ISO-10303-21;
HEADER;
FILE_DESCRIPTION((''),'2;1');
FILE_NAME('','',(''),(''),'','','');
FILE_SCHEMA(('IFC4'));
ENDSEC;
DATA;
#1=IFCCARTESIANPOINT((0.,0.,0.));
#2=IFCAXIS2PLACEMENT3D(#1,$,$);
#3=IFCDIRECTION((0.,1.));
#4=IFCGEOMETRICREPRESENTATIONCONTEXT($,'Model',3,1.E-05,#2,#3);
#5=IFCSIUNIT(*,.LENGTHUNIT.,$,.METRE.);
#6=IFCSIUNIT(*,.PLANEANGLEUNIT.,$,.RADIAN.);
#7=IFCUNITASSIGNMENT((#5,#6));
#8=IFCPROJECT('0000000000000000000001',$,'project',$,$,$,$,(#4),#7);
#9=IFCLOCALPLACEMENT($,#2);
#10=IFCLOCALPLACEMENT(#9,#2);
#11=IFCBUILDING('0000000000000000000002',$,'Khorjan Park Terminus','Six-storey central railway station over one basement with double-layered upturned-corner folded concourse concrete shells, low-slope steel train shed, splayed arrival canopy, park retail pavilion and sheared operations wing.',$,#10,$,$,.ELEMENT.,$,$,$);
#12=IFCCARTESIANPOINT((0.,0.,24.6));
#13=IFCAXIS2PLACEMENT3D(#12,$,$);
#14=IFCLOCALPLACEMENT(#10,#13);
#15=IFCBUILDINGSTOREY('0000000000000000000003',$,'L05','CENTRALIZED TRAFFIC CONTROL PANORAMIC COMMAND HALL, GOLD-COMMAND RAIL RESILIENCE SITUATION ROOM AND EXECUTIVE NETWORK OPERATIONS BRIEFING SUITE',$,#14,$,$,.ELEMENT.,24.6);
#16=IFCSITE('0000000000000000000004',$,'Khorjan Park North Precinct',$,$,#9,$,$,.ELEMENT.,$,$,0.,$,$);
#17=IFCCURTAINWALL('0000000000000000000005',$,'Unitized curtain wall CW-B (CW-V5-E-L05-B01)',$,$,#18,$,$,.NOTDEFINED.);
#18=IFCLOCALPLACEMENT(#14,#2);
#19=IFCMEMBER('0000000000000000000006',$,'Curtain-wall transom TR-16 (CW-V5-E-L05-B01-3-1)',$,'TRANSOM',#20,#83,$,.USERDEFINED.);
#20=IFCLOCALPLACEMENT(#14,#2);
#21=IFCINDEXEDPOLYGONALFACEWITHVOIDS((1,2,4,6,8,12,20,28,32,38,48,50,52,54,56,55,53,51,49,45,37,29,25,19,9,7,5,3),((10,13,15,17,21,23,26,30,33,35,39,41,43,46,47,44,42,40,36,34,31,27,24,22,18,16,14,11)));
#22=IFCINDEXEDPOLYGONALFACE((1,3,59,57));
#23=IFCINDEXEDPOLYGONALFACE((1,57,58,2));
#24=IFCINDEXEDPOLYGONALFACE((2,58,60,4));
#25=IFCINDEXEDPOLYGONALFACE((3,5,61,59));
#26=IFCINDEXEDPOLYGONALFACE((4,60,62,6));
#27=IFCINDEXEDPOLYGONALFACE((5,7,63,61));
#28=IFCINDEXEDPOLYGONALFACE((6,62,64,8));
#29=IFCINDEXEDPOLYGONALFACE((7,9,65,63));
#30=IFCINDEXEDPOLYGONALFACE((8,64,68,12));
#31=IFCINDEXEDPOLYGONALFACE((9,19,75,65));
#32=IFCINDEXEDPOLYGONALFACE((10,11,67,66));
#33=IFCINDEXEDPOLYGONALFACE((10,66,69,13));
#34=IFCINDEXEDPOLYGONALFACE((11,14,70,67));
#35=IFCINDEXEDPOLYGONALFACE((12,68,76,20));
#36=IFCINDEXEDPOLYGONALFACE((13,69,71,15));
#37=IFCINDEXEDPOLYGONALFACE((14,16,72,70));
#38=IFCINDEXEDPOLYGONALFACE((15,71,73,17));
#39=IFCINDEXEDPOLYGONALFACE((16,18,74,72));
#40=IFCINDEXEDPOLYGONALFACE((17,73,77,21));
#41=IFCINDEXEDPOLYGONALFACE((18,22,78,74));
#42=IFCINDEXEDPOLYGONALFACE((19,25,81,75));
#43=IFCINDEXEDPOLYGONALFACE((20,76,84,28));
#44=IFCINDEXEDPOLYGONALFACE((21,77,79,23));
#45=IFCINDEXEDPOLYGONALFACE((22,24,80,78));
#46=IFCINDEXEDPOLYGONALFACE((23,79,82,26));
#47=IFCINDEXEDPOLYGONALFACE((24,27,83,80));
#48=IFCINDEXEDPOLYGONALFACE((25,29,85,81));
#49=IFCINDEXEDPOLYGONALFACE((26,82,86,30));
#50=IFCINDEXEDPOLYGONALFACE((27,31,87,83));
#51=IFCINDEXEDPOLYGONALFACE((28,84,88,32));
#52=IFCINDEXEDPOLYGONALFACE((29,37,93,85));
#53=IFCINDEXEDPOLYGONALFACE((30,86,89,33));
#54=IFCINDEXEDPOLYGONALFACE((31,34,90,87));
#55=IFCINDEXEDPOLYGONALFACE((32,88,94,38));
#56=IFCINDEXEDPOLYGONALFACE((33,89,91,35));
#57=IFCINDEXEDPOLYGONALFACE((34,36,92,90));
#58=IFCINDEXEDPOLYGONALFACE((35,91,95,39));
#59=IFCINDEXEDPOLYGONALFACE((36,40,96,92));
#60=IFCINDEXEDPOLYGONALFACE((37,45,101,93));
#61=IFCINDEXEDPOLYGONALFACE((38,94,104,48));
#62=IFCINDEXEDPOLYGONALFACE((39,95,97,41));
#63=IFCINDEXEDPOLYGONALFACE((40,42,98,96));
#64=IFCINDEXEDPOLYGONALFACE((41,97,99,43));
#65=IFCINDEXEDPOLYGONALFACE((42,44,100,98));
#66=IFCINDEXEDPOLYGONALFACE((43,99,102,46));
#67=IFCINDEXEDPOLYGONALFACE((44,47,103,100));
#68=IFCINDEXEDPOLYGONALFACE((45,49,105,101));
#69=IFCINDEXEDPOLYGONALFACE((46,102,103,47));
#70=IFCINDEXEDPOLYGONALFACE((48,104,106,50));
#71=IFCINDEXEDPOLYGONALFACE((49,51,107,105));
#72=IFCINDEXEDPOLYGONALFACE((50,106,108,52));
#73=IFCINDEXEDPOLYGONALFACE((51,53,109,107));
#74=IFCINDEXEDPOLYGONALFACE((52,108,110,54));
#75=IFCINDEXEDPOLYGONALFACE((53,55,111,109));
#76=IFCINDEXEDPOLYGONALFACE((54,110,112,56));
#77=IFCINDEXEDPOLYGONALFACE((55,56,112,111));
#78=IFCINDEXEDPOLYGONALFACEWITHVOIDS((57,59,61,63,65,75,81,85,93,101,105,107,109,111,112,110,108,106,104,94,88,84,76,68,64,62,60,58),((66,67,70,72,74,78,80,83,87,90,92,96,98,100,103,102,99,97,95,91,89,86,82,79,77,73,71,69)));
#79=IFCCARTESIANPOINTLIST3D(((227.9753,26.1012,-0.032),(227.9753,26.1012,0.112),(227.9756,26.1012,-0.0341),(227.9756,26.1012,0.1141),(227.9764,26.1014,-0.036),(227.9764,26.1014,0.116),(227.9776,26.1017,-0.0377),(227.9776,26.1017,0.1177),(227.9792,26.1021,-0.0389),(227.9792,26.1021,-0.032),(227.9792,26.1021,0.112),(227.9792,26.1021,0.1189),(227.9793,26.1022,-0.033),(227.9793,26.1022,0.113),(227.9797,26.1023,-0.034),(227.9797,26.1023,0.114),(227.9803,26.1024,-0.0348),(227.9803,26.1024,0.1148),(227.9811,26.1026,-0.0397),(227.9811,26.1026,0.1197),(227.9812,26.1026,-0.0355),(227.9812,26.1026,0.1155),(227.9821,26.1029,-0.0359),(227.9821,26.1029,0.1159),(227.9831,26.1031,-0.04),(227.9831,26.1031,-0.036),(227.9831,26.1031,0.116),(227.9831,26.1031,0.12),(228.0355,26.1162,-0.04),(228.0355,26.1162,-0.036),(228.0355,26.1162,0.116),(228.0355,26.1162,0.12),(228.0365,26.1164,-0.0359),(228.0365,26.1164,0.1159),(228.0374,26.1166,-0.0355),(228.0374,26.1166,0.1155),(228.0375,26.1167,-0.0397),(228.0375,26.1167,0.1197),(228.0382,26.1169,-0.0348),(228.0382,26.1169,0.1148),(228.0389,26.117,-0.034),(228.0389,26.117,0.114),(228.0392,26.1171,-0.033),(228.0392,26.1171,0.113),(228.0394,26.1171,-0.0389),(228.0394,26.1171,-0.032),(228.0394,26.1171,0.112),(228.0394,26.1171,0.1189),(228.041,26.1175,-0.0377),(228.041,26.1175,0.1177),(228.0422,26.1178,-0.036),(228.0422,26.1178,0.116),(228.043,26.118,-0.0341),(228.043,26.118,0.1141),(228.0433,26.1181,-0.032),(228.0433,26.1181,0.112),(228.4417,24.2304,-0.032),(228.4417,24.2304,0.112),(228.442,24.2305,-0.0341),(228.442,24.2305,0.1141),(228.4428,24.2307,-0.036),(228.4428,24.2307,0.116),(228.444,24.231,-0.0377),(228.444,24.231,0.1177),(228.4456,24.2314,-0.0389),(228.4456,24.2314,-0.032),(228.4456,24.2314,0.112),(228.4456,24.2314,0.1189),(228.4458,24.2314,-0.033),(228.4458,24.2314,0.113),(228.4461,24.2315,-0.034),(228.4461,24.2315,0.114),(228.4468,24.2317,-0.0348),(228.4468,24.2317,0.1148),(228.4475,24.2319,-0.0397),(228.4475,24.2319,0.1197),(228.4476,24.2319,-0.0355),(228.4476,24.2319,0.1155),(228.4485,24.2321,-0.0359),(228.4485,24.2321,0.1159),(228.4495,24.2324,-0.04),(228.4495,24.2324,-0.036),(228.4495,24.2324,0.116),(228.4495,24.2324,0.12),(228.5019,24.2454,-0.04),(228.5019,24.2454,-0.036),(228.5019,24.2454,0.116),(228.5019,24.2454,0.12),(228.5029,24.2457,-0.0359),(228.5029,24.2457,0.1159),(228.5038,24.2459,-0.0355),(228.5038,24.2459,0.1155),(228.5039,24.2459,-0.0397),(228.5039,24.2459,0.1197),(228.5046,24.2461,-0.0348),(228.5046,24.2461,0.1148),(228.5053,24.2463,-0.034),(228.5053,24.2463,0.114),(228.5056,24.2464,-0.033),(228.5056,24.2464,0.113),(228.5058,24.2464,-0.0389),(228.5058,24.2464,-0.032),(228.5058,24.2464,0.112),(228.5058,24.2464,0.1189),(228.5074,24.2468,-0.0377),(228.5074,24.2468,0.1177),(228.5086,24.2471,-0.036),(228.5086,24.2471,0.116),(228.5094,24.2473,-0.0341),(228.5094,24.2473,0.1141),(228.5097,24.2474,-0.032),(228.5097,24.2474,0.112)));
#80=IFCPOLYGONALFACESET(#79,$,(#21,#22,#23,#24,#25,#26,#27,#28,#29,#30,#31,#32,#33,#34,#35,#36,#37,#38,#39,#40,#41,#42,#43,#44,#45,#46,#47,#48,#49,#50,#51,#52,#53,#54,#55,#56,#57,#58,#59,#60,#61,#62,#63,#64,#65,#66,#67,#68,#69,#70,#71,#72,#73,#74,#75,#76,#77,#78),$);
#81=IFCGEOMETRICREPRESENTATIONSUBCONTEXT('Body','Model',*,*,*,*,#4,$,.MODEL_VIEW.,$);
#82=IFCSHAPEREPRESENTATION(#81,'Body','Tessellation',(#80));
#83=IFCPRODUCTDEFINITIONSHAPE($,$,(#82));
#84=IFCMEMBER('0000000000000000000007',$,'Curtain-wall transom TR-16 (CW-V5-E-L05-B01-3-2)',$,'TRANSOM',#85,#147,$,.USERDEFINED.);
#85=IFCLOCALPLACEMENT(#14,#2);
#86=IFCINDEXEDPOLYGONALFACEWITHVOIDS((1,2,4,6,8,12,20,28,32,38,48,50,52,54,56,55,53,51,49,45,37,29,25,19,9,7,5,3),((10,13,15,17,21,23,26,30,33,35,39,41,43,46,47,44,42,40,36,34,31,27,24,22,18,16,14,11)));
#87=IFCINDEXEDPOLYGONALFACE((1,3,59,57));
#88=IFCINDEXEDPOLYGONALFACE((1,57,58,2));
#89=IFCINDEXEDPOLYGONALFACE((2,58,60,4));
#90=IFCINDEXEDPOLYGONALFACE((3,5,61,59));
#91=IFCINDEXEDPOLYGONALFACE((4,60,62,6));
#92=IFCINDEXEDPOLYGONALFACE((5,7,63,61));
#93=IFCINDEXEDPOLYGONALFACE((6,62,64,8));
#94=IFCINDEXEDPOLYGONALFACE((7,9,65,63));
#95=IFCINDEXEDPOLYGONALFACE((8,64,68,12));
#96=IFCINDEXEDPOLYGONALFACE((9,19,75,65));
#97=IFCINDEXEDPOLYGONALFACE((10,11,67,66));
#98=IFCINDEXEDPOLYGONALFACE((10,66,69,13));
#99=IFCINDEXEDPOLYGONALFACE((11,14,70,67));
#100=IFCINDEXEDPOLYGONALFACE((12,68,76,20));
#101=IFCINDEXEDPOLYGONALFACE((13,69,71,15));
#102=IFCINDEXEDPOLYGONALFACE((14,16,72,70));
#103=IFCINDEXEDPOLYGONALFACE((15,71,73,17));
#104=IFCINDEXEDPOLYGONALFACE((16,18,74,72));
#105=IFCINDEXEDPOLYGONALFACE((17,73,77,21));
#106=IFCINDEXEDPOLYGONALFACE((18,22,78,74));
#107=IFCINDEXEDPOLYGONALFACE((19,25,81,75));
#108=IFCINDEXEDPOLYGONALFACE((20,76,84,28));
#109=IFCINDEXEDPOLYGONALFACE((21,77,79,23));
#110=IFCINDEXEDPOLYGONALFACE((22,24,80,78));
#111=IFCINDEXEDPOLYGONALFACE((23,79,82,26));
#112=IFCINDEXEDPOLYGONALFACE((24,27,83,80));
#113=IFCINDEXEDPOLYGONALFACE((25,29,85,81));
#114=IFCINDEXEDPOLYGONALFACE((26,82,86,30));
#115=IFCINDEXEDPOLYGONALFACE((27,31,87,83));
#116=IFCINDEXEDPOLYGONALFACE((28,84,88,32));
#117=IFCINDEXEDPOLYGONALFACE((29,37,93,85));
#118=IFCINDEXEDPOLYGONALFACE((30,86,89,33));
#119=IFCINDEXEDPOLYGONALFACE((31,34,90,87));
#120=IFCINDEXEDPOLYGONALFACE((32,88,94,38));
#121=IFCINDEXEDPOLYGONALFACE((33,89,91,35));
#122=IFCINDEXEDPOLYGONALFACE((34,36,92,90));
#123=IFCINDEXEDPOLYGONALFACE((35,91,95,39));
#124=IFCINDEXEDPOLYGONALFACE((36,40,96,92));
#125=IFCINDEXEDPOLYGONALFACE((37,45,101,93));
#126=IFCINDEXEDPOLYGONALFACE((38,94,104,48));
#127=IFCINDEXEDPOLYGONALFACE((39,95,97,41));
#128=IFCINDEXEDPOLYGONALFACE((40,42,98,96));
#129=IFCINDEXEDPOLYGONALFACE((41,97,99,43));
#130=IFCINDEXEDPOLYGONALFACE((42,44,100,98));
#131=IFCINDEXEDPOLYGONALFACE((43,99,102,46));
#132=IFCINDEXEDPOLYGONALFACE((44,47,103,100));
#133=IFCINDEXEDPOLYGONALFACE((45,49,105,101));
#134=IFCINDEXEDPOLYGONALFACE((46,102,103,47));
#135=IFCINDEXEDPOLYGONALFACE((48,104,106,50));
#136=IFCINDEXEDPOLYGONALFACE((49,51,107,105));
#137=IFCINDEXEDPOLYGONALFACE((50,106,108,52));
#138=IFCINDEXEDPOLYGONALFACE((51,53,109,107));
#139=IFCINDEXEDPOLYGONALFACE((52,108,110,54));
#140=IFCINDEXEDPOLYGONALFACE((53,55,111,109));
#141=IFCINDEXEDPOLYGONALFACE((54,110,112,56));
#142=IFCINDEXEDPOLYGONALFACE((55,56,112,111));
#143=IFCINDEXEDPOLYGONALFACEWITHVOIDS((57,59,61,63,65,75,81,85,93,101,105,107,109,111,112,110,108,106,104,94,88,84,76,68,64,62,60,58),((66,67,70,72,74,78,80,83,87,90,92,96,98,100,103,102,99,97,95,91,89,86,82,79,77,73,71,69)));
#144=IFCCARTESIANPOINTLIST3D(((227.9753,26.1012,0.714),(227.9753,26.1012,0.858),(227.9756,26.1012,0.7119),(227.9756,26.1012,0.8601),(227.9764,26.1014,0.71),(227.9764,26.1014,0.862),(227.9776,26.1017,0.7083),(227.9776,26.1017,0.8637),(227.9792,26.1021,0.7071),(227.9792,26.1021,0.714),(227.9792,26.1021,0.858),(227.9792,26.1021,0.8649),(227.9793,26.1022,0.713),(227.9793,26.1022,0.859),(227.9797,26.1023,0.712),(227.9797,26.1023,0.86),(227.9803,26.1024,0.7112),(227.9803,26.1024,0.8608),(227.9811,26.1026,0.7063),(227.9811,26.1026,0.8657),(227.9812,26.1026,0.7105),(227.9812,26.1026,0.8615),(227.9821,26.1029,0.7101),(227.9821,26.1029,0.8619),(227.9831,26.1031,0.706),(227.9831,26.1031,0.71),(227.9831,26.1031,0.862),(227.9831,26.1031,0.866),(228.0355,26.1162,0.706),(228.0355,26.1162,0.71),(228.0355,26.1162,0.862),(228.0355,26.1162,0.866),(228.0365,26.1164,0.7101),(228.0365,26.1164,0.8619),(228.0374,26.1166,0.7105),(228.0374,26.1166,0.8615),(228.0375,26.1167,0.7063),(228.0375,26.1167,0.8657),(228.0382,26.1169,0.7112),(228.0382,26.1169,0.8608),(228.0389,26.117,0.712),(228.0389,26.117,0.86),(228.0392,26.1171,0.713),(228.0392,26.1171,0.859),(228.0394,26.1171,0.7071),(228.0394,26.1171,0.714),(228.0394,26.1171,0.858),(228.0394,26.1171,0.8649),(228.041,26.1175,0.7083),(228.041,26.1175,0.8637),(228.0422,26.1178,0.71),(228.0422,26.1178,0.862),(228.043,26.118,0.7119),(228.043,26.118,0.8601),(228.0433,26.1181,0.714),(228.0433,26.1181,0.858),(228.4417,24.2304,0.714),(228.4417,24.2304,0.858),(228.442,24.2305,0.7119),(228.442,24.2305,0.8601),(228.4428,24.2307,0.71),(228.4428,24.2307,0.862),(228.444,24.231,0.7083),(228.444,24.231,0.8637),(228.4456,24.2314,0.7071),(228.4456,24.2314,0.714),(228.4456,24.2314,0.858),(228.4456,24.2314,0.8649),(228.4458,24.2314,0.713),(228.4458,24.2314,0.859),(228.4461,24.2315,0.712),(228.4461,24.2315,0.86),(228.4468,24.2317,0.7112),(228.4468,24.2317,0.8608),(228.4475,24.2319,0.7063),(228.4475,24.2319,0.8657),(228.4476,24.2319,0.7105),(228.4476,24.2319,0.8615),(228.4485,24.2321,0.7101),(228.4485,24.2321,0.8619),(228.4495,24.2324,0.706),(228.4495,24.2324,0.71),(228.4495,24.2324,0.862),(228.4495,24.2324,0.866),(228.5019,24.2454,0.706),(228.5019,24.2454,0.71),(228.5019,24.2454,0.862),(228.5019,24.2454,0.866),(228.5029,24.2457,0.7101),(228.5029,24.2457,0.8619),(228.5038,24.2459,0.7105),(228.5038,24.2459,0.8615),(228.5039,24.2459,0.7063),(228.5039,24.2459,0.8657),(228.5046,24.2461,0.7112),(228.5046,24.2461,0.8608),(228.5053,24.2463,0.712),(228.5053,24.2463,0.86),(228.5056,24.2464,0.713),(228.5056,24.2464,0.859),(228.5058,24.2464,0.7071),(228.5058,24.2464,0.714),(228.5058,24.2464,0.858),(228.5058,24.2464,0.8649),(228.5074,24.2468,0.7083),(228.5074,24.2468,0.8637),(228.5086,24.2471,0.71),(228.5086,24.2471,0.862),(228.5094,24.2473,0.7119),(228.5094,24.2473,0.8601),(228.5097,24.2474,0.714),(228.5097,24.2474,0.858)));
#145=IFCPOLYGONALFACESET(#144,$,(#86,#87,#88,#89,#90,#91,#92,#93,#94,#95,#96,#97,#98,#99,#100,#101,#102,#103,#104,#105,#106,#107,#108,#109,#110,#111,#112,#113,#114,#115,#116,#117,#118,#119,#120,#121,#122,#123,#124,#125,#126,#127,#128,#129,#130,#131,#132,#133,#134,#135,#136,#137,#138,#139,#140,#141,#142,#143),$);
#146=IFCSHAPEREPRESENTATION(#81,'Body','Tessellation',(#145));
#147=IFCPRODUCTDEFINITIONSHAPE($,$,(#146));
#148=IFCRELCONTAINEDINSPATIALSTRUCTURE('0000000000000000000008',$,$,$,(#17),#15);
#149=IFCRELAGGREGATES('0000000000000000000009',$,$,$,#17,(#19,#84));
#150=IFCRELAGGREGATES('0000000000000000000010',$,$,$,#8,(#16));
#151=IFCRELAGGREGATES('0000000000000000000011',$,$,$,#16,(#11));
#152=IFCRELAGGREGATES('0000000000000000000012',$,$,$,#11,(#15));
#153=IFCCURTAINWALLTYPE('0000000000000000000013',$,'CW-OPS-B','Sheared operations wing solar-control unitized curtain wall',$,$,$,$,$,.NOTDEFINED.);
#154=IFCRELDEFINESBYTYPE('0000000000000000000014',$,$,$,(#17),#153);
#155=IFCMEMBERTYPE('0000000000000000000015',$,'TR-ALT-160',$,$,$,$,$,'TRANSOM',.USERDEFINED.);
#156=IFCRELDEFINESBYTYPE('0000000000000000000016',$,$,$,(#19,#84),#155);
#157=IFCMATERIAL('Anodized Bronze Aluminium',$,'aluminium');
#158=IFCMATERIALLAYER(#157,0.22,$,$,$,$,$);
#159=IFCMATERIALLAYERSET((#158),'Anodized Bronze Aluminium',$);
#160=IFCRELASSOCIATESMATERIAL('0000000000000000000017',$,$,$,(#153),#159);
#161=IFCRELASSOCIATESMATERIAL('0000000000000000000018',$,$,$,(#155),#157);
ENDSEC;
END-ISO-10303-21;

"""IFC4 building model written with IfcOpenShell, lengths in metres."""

from ifc_helpers import new_model, si_unit, direction, frame, origin, origin_2d, place, context, subcontext, project, spatial, hollow_rectangle, extrude, material, layer, layer_set, material_profile, profile_set, type_object, element, aggregate, save


model = new_model("IFC4")

# Units and contexts
model_context = context("Model", 3, precision=1e-05, world=origin(), true_north=direction((0.0, 1.0)))
body_context = subcontext(model_context, "Body", "Model", "MODEL_VIEW")
ifc_project = project(units=[si_unit("LENGTHUNIT", "METRE"), si_unit("PLANEANGLEUNIT", "RADIAN")], contexts=[model_context])

# Site, building, storey
site_placement = place(None, origin())
site = spatial("IfcSite", under=ifc_project, at=site_placement, Name="Khorjan Park North Precinct", CompositionType="ELEMENT", RefElevation=0.0)
building_placement = place(site_placement, origin())
building = spatial("IfcBuilding", under=site, at=building_placement, Name="Khorjan Park Terminus", Description="Six-storey central railway station over one basement with double-layered upturned-corner folded concourse concrete shells, low-slope steel train shed, splayed arrival canopy, park retail pavilion and sheared operations wing.", CompositionType="ELEMENT")
storey_placement = place(building_placement, frame((0.0, 0.0, 24.6)))
storey = spatial("IfcBuildingStorey", under=building, at=storey_placement, Name="L05", Description="CENTRALIZED TRAFFIC CONTROL PANORAMIC COMMAND HALL, GOLD-COMMAND RAIL RESILIENCE SITUATION ROOM AND EXECUTIVE NETWORK OPERATIONS BRIEFING SUITE", CompositionType="ELEMENT", Elevation=24.6)

# Curtain wall, members
ifc_material_1 = material(Name="Anodized Bronze Aluminium", Category="aluminium")
ifc_layer_1 = layer(ifc_material_1, 0.22)
ifc_layer_set_1 = layer_set([ifc_layer_1], Name="Anodized Bronze Aluminium")
curtain_wall_type = type_object("IfcCurtainWallType", Name="CW-OPS-B", Description="Sheared operations wing solar-control unitized curtain wall", PredefinedType="NOTDEFINED", material=ifc_layer_set_1)
curtain_wall_placement = place(storey_placement, origin())
curtain_wall = element("IfcCurtainWall", 1, at=curtain_wall_placement, inside=storey, type_object=curtain_wall_type, Name="Unitized curtain wall CW-B (CW-V5-E-L05-B01)", PredefinedType="NOTDEFINED")
ifc_material_profile_1 = material_profile(ifc_material_1, hollow_rectangle(XDim=0.07, YDim=0.16, WallThickness=0.004, InnerFilletRadius=0.004, OuterFilletRadius=0.008, at=origin_2d()), Name="ALT 70x160x4")
ifc_profile_set_1 = profile_set([ifc_material_profile_1], Name="Anodized Bronze Aluminium")
member_type_1 = type_object("IfcMemberType", Name="TR-ALT-160", ElementType="TRANSOM", PredefinedType="USERDEFINED", material=ifc_profile_set_1)
member_1_placement = place(storey_placement, frame((228.4757, 24.2389, 0.04), z_axis=(-0.241913, 0.970298, 0.0), x_axis=(-0.970298, -0.241913, 0.0)))
member_1 = element("IfcMember", 2, at=member_1_placement, type_object=member_type_1, Name="Curtain-wall transom TR-16 (CW-V5-E-L05-B01-3-1)", ObjectType="TRANSOM", PredefinedType="USERDEFINED", context=body_context, shape_type="SweptSolid", body=[
    extrude(hollow_rectangle(XDim=0.07, YDim=0.16, WallThickness=0.004, InnerFilletRadius=0.004, OuterFilletRadius=0.008, at=origin_2d()), origin(), (0.0, 0.0, 1.0), 1.928),
])
member_2_placement = place(storey_placement, frame((228.4757, 24.2389, 0.786), z_axis=(-0.241913, 0.970298, 0.0), x_axis=(-0.970298, -0.241913, 0.0)))
member_2 = element("IfcMember", 3, at=member_2_placement, type_object=member_type_1, Name="Curtain-wall transom TR-16 (CW-V5-E-L05-B01-3-2)", ObjectType="TRANSOM", PredefinedType="USERDEFINED", context=body_context, shape_type="SweptSolid", body=[
    extrude(hollow_rectangle(XDim=0.07, YDim=0.16, WallThickness=0.004, InnerFilletRadius=0.004, OuterFilletRadius=0.008, at=origin_2d()), origin(), (0.0, 0.0, 1.0), 1.928),
])
aggregate(curtain_wall, [member_1, member_2])

save(model, "model.ifc")
